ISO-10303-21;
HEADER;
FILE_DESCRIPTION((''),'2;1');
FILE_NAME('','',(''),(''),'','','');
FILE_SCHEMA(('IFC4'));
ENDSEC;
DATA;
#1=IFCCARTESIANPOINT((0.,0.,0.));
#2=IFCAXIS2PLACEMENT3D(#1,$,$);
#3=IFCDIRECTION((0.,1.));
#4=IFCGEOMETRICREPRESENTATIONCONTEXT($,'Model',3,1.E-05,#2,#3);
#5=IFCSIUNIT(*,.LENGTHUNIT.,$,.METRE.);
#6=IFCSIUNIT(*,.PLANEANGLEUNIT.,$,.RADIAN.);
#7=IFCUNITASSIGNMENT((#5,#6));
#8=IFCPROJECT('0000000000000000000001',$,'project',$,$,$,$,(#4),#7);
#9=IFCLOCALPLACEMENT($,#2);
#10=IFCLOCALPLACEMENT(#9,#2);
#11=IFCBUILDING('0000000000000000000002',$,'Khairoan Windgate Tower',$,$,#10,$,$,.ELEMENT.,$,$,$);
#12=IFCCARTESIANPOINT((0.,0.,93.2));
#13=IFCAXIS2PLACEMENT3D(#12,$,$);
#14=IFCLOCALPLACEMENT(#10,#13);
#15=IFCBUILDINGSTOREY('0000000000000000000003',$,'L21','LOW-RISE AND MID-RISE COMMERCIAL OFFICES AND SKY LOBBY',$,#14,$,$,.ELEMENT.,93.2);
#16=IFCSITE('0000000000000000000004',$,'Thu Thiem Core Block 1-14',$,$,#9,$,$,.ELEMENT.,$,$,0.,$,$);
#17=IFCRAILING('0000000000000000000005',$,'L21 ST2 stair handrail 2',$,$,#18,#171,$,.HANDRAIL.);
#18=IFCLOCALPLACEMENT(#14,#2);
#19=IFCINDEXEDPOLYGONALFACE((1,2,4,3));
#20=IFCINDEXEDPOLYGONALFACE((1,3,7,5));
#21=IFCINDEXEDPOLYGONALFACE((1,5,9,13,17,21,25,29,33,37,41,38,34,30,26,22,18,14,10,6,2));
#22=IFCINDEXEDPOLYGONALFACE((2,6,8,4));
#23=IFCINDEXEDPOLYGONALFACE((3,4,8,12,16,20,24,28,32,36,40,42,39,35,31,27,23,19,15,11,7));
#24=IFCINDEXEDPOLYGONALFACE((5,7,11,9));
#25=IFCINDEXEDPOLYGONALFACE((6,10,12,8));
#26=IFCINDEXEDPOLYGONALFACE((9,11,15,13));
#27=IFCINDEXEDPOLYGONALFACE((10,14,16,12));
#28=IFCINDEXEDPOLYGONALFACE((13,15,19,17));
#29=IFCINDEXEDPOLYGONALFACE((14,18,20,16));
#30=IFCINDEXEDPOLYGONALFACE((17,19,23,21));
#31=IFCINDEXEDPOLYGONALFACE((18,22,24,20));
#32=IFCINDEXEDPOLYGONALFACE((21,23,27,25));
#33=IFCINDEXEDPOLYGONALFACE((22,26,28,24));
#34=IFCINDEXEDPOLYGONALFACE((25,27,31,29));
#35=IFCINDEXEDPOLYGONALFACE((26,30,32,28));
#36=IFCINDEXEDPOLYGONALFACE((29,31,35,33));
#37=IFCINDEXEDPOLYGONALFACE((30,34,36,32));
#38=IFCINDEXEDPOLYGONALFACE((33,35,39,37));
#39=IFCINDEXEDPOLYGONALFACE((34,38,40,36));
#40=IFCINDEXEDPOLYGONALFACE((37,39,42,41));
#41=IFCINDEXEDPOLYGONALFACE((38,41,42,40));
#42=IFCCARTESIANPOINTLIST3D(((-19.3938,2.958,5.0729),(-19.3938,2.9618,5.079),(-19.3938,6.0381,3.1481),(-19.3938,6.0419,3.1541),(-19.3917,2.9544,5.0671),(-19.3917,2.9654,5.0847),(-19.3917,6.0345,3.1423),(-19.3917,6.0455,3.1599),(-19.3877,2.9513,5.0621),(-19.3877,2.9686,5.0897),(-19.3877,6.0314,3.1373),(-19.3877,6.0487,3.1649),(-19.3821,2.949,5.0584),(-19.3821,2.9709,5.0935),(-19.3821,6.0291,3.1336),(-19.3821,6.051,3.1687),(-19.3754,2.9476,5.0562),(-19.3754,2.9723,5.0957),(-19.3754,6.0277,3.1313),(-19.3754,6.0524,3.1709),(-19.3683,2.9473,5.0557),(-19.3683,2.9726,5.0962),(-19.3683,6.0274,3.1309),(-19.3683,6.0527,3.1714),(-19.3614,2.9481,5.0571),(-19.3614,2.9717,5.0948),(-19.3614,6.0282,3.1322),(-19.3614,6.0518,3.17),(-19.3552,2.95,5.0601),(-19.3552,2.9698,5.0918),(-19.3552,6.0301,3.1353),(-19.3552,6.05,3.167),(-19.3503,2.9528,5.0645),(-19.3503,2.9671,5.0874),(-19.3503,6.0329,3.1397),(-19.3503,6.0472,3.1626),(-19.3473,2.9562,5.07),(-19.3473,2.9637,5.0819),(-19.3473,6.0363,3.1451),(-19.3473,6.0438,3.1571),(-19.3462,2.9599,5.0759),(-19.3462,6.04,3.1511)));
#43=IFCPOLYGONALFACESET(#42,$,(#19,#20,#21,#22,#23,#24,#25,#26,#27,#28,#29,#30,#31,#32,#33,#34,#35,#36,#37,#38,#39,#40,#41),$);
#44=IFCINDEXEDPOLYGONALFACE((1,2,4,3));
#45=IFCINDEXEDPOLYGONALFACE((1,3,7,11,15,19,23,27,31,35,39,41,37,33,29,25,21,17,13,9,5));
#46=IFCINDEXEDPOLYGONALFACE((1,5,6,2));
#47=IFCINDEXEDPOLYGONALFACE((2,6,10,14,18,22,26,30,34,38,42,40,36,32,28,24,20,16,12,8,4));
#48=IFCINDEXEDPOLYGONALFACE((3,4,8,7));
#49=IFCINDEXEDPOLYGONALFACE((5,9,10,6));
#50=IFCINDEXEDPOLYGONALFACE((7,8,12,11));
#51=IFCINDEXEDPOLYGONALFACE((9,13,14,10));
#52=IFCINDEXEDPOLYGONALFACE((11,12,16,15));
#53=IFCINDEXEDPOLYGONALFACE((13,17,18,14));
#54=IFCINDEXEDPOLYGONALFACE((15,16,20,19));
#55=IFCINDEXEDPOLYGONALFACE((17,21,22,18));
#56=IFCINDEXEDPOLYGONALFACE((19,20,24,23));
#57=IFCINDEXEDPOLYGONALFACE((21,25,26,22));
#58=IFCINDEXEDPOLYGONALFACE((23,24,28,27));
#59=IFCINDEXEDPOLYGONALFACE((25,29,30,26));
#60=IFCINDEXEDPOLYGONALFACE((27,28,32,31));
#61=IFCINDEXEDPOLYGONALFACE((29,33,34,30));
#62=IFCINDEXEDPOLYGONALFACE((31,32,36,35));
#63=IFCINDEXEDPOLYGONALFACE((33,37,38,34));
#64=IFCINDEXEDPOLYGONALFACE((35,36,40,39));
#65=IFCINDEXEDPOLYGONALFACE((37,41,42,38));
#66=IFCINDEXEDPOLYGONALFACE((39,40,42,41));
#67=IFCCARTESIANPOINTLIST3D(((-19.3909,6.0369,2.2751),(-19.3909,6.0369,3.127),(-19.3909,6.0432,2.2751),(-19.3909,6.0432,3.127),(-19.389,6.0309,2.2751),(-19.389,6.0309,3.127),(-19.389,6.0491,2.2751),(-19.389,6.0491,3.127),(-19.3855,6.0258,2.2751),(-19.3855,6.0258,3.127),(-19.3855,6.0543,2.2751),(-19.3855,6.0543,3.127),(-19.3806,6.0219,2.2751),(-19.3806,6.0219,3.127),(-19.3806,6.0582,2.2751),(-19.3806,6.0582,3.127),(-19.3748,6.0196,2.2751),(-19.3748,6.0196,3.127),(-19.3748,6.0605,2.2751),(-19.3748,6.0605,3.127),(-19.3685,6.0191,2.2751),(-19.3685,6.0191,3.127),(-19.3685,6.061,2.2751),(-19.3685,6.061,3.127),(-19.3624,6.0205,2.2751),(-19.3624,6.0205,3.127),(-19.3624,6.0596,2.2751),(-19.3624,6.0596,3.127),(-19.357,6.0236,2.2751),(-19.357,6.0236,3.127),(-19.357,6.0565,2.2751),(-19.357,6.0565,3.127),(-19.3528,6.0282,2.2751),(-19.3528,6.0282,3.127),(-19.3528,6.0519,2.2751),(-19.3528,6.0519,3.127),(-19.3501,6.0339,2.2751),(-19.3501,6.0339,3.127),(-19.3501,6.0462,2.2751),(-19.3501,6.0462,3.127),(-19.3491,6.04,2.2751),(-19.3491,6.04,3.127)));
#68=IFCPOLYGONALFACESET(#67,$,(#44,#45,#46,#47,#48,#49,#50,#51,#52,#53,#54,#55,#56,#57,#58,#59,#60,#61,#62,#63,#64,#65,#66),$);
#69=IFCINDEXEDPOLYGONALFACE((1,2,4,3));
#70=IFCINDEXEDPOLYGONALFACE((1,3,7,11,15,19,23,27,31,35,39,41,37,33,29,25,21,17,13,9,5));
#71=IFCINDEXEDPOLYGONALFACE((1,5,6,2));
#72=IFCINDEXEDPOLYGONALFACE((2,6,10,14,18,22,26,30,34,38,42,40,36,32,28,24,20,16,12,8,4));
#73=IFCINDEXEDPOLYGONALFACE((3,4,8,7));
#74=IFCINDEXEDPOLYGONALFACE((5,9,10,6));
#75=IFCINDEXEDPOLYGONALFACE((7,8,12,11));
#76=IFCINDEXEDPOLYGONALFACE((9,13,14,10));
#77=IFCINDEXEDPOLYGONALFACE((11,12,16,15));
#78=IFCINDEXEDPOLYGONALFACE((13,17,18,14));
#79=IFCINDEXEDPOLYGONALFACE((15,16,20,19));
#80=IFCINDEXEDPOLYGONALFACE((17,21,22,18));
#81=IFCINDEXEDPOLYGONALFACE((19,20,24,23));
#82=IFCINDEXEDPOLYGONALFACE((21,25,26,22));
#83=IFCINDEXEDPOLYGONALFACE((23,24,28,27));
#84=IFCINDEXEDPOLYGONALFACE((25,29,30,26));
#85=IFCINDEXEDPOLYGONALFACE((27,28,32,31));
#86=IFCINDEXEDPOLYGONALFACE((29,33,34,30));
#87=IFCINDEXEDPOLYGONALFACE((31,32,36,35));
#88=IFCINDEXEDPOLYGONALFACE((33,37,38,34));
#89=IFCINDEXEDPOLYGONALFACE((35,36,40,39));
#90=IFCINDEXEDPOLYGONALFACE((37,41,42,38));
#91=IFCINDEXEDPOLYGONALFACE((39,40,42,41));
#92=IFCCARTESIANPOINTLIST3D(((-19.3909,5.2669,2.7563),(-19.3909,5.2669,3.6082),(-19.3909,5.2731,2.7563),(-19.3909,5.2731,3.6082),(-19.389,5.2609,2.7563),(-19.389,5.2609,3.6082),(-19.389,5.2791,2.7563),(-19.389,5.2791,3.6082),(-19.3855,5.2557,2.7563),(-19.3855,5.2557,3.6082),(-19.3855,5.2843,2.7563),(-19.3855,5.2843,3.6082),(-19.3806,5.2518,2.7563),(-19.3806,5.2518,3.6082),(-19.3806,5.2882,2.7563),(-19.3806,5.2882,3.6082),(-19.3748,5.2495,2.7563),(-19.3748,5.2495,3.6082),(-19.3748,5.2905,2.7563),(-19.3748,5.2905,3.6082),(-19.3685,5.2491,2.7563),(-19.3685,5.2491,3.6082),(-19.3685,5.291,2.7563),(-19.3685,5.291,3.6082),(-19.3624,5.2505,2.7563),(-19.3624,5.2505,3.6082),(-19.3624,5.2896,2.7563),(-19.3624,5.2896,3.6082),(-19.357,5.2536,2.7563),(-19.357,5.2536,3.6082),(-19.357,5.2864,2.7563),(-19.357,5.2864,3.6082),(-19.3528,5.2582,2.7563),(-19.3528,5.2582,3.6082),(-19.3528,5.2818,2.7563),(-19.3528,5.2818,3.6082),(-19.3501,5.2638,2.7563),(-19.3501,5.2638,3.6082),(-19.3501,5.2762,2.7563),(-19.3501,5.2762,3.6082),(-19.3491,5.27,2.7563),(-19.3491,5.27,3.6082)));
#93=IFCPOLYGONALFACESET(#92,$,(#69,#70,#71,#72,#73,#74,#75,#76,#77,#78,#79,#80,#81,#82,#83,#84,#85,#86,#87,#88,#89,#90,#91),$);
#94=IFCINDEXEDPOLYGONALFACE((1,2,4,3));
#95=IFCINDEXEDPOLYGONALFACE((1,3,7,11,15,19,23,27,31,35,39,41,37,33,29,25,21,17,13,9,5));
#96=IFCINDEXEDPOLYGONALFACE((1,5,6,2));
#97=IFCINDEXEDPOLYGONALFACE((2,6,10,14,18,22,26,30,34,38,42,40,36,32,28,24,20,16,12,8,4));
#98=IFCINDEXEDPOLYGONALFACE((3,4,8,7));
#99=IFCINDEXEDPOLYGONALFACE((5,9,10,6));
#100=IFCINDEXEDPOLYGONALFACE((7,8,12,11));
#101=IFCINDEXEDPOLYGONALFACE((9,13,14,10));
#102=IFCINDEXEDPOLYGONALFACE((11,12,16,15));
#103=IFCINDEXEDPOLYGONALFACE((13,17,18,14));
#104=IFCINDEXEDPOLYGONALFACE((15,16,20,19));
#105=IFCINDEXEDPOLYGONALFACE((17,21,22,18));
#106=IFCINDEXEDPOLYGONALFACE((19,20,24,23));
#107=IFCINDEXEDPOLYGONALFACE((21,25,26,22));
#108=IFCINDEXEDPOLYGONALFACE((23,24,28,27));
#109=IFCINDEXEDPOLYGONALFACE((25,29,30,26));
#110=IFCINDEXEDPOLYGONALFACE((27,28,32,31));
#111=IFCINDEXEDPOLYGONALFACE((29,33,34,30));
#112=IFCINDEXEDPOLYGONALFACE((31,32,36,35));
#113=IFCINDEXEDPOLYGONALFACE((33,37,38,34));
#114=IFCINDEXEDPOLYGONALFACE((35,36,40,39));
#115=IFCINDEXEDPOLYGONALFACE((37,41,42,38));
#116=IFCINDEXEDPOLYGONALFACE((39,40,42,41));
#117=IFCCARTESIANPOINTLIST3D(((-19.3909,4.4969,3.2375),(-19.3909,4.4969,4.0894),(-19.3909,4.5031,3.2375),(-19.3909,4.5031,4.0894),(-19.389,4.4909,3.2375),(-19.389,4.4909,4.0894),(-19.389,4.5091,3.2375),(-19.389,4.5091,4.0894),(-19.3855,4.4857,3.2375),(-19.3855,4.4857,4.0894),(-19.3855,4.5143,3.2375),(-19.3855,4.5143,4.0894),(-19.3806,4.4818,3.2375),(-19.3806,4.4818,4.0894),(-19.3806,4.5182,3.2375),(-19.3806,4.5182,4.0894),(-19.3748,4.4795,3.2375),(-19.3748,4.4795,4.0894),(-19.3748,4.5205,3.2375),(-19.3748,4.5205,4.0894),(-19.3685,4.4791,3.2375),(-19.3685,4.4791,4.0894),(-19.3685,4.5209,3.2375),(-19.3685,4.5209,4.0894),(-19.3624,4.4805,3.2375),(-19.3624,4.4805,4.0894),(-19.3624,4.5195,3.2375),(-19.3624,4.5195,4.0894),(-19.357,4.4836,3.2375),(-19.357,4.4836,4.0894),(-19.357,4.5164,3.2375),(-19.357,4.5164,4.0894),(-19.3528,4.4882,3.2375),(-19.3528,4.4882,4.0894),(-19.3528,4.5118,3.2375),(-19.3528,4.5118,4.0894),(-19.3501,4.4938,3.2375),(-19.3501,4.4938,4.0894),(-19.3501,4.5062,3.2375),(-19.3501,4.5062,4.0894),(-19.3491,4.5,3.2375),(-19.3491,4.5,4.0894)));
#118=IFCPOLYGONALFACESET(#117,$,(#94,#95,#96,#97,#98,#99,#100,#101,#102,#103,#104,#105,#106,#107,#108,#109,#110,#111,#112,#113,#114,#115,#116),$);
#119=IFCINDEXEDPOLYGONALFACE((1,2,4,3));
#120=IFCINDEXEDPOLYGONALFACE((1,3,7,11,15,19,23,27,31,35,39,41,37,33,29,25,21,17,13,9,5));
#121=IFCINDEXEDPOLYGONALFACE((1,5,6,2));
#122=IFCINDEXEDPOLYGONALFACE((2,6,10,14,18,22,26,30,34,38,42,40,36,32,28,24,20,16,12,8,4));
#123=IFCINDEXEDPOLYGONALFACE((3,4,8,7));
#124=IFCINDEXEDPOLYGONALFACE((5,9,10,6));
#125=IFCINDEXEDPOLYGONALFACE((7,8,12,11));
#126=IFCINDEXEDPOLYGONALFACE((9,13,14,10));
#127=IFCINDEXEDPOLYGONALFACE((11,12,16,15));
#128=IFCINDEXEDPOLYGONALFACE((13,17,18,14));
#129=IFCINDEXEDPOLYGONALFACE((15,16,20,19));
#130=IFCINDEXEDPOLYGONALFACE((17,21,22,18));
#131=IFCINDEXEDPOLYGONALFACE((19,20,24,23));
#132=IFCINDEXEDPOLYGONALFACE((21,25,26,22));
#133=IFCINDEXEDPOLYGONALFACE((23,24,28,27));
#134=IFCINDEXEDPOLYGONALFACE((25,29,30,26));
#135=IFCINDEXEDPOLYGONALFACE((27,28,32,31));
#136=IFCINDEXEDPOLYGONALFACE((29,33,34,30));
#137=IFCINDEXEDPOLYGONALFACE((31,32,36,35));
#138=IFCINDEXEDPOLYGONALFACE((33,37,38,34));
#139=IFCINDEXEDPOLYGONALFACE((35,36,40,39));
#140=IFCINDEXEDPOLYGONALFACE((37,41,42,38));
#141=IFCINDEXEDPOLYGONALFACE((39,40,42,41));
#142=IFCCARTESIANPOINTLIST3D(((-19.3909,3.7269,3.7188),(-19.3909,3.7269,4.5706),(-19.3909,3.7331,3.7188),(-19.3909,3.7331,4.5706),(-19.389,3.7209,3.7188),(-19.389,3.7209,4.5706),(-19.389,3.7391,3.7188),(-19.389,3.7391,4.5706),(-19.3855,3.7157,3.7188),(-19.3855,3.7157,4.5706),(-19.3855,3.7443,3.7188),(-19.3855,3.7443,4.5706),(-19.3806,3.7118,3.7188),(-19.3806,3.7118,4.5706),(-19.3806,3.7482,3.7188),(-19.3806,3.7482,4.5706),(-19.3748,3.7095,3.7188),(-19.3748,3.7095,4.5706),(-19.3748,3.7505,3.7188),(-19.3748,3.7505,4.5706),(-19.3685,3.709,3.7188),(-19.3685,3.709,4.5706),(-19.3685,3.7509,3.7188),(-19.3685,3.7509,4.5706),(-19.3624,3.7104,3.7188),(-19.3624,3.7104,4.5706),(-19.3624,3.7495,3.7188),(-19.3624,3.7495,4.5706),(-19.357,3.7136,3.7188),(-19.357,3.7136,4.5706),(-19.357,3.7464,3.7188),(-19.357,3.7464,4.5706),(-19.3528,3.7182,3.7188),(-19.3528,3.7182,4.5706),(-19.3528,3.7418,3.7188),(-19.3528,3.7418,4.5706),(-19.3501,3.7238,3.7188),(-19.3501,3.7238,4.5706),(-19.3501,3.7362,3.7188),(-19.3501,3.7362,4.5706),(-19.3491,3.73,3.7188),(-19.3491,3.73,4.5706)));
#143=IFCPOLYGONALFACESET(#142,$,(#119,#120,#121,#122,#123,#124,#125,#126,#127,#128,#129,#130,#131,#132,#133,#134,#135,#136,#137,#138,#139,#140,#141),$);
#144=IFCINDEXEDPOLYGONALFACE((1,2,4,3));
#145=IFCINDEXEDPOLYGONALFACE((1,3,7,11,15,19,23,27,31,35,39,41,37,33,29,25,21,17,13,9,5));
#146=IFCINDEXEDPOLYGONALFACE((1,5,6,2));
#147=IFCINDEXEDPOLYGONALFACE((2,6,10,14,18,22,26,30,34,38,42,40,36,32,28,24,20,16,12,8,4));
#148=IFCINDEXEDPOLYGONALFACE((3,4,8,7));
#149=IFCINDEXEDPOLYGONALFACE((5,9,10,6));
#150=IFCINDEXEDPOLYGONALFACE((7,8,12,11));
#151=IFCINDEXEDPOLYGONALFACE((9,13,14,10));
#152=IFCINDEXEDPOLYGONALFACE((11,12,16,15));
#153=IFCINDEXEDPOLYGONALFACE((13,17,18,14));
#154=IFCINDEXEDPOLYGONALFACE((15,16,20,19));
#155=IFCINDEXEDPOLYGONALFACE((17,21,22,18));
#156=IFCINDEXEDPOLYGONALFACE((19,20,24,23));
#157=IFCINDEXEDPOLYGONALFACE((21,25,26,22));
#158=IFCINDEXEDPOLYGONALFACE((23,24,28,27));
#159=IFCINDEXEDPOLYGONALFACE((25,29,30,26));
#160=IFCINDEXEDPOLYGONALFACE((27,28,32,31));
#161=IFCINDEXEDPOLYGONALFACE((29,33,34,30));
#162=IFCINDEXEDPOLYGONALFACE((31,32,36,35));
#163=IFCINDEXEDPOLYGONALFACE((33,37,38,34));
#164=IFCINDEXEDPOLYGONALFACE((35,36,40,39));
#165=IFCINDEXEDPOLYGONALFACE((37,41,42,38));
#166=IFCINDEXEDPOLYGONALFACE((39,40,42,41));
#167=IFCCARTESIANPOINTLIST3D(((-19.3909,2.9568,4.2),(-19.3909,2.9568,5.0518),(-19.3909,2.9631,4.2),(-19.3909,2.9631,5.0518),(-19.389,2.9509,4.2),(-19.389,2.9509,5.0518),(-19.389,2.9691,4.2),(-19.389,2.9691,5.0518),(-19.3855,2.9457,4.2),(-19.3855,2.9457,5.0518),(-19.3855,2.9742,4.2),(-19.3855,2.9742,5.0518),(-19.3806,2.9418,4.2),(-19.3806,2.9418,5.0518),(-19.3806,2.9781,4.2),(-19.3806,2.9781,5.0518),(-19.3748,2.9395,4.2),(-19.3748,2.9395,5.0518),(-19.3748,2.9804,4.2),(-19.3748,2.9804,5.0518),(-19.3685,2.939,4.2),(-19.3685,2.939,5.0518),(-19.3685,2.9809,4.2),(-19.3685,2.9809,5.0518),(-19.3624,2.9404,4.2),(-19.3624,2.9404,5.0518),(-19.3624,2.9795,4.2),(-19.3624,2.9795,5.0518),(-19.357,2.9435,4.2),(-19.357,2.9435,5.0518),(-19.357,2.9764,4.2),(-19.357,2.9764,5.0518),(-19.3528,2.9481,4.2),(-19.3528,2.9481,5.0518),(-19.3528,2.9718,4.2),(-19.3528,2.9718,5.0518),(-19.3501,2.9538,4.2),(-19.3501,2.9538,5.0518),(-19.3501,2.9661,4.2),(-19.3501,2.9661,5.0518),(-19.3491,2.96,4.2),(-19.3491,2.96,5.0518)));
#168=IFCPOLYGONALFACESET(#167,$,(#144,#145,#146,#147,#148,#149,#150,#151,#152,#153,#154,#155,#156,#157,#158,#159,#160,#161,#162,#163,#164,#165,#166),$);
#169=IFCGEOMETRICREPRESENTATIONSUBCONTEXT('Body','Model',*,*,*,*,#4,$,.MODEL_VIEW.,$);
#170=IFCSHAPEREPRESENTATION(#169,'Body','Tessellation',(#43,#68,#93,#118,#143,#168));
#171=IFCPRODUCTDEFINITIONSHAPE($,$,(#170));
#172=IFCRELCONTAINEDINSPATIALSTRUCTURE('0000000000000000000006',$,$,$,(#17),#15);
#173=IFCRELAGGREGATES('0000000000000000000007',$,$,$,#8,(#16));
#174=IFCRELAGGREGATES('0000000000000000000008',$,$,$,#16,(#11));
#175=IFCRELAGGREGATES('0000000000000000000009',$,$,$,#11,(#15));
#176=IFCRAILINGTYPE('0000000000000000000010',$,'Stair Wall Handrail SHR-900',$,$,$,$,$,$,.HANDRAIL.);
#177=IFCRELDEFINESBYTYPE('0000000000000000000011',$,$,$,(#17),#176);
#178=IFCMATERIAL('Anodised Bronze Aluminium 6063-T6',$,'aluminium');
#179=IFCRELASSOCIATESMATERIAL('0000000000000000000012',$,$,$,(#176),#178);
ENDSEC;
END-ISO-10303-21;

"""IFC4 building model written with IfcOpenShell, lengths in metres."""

from ifc_helpers import new_model, si_unit, direction, frame, origin, origin_2d, place, context, subcontext, project, spatial, circle, extrude, material, type_object, element, save


model = new_model("IFC4")

# Units and contexts
model_context = context("Model", 3, precision=1e-05, world=origin(), true_north=direction((0.0, 1.0)))
body_context = subcontext(model_context, "Body", "Model", "MODEL_VIEW")
ifc_project = project(units=[si_unit("LENGTHUNIT", "METRE"), si_unit("PLANEANGLEUNIT", "RADIAN")], contexts=[model_context])

# Site, building, storey
site_placement = place(None, origin())
site = spatial("IfcSite", under=ifc_project, at=site_placement, Name="Thu Thiem Core Block 1-14", CompositionType="ELEMENT", RefElevation=0.0)
building_placement = place(site_placement, origin())
building = spatial("IfcBuilding", under=site, at=building_placement, Name="Khairoan Windgate Tower", CompositionType="ELEMENT")
storey_placement = place(building_placement, frame((0.0, 0.0, 93.2)))
storey = spatial("IfcBuildingStorey", under=building, at=storey_placement, Name="L21", Description="LOW-RISE AND MID-RISE COMMERCIAL OFFICES AND SKY LOBBY", CompositionType="ELEMENT", Elevation=93.2)

# Railing
ifc_material_1 = material(Name="Anodised Bronze Aluminium 6063-T6", Category="aluminium")
railing_type_1 = type_object("IfcRailingType", Name="Stair Wall Handrail SHR-900", PredefinedType="HANDRAIL", material=ifc_material_1)
railing_1_placement = place(storey_placement, frame((-19.3701, 6.04, 2.2751)))
element("IfcRailing", 1, at=railing_1_placement, inside=storey, type_object=railing_type_1, Name="L21 ST2 stair handrail 2", PredefinedType="HANDRAIL", context=body_context, shape_type="SweptSolid", body=[
    extrude(circle(Radius=0.0239, at=origin_2d()), frame((0.0, 0.0, 0.876), z_axis=(0.0, -0.848029, 0.529951), x_axis=(1.0, 0.0, 0.0)), (0.0, 0.0, 1.0), 3.6321),
    extrude(circle(Radius=0.021, at=origin_2d()), origin(), (0.0, 0.0, 1.0), 0.8518),
    extrude(circle(Radius=0.021, at=origin_2d()), frame((0.0, -0.77, 0.4812)), (0.0, 0.0, 1.0), 0.8518),
    extrude(circle(Radius=0.021, at=origin_2d()), frame((0.0, -1.54, 0.9624)), (0.0, 0.0, 1.0), 0.8518),
    extrude(circle(Radius=0.021, at=origin_2d()), frame((0.0, -2.3101, 1.4436)), (0.0, 0.0, 1.0), 0.8518),
    extrude(circle(Radius=0.021, at=origin_2d()), frame((0.0, -3.0801, 1.9248)), (0.0, 0.0, 1.0), 0.8518),
])

save(model, "model.ifc")
